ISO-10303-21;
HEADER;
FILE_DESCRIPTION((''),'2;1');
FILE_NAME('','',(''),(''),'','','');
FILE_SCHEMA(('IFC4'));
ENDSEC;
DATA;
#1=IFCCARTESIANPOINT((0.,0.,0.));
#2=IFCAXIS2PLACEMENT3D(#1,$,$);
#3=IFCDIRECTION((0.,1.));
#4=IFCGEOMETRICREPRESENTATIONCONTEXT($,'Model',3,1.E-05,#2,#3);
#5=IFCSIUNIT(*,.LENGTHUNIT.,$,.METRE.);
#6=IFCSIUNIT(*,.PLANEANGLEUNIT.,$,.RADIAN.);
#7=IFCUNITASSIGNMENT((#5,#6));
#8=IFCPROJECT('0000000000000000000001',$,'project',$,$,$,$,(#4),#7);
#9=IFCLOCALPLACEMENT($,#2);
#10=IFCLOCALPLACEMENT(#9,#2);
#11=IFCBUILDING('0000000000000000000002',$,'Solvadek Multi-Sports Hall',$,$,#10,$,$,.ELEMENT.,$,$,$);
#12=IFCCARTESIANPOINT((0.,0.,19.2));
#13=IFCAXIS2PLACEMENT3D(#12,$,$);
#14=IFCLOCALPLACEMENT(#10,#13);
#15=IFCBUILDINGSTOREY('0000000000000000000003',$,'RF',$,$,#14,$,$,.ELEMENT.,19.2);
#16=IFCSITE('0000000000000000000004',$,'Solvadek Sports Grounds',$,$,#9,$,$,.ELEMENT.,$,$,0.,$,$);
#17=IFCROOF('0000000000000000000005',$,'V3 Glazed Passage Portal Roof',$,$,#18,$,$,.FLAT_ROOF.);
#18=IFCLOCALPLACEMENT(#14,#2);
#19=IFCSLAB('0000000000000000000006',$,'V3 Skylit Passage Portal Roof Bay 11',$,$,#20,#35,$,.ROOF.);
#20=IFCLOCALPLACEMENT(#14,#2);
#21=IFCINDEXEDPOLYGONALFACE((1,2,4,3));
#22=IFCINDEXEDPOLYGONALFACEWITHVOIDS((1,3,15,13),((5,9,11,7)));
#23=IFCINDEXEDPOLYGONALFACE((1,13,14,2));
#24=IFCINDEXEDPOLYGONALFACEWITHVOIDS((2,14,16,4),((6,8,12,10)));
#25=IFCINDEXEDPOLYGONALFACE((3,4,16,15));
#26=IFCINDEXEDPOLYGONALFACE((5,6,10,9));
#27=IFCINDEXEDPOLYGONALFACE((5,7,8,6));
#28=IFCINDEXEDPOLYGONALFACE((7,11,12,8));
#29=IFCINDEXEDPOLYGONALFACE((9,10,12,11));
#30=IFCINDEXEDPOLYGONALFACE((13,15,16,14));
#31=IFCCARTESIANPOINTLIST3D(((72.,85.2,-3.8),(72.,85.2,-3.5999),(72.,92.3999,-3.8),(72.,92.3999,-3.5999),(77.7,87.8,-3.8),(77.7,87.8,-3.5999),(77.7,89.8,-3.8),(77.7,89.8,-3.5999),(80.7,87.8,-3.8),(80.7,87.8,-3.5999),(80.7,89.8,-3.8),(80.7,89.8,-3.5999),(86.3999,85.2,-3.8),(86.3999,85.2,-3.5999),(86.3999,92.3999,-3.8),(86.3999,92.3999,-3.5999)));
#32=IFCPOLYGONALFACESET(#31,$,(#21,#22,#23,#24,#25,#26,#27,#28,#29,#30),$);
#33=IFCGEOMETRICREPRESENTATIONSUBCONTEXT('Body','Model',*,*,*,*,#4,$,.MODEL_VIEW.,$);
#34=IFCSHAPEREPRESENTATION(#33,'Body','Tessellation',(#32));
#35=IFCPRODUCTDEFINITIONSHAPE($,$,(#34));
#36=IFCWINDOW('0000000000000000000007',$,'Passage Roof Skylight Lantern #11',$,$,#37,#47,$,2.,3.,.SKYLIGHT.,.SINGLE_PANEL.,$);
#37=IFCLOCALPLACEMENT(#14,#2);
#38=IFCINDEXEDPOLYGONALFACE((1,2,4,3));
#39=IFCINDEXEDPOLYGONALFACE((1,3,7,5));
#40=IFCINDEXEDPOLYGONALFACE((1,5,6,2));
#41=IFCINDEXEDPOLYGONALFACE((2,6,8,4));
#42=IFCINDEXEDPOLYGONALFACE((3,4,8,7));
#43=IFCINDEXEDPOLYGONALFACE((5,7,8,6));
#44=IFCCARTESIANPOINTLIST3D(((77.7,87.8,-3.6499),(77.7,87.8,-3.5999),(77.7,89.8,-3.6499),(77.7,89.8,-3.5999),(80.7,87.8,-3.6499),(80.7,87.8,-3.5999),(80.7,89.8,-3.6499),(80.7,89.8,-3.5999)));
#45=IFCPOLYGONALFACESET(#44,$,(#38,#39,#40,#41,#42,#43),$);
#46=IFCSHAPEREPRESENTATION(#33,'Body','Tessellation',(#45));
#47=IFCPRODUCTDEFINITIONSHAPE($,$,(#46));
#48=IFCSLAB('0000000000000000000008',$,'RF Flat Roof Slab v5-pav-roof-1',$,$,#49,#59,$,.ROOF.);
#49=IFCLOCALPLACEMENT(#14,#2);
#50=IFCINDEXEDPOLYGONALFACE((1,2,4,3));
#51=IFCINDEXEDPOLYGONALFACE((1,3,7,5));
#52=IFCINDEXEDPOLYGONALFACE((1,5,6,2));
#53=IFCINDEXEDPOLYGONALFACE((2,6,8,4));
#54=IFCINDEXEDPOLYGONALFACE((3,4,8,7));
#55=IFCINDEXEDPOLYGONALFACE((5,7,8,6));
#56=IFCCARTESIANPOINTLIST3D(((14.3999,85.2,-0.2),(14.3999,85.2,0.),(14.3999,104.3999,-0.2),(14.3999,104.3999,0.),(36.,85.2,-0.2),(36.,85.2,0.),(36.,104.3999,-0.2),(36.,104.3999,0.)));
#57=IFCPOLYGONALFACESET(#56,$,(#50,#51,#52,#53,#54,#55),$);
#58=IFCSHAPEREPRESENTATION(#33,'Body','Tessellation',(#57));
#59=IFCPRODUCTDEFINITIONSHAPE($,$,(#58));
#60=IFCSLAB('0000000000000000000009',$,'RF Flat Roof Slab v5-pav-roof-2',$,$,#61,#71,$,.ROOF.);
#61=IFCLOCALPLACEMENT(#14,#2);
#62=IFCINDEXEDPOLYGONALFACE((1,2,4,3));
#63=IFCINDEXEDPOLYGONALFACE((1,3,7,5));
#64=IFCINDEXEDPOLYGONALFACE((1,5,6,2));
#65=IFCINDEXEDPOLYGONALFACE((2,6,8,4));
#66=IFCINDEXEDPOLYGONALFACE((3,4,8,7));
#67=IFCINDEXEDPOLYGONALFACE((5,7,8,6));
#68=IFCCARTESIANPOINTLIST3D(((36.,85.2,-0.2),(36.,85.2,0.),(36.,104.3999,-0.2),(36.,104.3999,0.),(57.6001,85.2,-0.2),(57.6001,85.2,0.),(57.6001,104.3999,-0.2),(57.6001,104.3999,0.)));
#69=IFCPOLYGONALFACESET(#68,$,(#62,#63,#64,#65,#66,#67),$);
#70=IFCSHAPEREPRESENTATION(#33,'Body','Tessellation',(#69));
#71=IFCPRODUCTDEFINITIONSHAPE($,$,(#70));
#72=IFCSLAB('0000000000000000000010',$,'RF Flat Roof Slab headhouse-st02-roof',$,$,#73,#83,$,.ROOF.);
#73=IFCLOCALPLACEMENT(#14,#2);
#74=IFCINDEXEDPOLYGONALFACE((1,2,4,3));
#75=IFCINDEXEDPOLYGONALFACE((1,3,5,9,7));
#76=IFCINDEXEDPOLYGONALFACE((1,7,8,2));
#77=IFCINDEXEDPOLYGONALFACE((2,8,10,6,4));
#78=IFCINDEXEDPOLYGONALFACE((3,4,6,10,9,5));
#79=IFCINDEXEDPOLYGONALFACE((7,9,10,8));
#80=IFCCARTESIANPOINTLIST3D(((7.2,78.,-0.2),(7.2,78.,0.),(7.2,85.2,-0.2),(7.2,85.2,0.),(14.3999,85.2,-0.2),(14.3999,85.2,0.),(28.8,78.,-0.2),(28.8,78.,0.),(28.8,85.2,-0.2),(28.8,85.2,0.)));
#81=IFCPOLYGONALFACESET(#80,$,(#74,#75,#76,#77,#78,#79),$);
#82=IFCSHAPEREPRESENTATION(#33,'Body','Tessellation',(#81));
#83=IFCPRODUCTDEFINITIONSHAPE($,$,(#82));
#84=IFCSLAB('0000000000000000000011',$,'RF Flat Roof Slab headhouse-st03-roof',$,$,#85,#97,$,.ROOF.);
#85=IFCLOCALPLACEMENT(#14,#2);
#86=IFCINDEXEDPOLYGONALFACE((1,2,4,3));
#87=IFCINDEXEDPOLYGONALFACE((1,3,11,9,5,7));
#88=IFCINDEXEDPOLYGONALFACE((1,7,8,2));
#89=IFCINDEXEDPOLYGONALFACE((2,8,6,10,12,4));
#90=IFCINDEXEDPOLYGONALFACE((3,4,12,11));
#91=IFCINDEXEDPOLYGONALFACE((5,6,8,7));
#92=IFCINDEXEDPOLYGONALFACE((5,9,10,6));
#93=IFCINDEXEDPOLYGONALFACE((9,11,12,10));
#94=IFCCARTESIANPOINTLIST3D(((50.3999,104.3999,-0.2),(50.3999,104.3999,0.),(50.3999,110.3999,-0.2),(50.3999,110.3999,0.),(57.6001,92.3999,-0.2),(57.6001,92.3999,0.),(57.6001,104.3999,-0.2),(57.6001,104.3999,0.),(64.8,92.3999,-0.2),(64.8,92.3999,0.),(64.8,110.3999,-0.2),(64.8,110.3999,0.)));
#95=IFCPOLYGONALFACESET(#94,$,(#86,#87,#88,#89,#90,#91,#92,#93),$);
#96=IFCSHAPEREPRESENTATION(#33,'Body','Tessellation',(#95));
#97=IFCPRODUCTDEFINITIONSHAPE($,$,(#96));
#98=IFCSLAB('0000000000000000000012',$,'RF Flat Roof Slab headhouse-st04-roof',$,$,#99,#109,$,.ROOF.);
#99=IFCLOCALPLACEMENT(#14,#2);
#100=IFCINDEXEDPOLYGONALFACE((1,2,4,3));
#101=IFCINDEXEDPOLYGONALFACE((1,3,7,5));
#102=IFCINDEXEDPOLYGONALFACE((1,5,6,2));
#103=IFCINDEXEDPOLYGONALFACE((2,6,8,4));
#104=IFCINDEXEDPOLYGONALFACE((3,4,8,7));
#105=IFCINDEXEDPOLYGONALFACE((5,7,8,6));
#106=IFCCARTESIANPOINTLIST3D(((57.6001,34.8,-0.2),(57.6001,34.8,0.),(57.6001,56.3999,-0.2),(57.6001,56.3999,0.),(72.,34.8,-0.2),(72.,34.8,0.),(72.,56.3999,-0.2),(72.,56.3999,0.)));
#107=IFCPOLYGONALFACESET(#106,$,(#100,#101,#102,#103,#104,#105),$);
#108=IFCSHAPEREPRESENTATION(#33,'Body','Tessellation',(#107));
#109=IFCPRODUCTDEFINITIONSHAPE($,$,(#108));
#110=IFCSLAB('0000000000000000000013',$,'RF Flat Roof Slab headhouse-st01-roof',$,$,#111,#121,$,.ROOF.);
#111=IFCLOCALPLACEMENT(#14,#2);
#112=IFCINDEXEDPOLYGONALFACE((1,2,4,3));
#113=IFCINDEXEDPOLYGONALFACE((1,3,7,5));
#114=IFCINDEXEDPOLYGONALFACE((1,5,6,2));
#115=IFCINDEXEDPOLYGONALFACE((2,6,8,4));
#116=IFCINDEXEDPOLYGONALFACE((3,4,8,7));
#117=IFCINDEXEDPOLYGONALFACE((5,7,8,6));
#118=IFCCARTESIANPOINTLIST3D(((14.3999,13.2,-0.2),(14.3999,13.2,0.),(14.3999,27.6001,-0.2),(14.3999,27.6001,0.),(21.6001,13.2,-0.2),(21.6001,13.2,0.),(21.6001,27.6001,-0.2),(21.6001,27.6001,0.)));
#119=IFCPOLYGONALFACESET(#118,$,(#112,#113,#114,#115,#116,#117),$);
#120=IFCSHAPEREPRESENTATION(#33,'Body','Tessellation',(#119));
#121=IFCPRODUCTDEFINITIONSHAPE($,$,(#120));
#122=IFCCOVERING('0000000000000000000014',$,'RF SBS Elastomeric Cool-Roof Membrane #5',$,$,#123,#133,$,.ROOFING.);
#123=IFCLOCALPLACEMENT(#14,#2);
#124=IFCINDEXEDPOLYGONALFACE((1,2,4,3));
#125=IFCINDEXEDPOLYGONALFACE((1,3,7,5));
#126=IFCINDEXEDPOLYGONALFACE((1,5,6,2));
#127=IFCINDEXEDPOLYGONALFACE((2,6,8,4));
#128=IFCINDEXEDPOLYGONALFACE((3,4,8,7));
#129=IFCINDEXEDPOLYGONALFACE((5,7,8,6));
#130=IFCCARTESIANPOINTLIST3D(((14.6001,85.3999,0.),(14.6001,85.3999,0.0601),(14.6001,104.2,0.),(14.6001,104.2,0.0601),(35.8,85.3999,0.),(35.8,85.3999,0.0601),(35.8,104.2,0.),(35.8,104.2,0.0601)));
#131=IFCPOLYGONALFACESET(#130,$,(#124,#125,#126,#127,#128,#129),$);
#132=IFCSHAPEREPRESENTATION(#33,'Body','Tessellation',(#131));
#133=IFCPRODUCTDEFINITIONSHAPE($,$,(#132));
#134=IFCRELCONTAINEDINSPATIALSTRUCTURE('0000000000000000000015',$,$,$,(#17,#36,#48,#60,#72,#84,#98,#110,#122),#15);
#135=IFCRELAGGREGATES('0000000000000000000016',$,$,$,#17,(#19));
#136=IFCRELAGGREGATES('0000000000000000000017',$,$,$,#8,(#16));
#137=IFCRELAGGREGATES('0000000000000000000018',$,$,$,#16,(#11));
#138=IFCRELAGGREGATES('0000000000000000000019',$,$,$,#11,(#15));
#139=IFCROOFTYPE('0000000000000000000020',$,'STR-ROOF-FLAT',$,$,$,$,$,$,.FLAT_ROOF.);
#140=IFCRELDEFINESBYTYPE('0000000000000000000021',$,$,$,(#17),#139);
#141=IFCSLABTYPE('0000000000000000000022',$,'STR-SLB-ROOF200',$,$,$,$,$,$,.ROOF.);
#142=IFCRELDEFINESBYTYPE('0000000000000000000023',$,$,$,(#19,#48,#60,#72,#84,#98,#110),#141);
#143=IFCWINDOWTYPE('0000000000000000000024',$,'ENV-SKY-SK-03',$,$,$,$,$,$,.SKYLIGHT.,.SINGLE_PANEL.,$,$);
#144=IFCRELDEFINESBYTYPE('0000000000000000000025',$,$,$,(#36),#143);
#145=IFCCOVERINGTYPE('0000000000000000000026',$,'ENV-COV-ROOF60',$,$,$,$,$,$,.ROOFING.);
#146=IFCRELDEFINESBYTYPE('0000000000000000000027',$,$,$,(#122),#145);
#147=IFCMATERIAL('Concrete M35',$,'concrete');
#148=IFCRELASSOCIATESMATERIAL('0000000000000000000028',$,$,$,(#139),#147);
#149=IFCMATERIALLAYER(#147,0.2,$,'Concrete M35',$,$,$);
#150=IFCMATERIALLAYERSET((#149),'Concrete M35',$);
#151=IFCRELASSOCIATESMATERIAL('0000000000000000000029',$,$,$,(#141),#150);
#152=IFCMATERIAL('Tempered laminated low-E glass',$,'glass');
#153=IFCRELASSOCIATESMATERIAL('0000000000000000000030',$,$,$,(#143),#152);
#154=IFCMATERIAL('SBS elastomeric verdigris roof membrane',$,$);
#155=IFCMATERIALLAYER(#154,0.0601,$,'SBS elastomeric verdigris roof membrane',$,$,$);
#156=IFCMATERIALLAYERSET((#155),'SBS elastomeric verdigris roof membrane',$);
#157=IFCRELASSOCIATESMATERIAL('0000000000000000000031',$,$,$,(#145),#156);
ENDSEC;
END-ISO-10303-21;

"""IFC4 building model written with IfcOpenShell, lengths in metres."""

from ifc_helpers import new_model, si_unit, direction, frame, origin, origin_2d, place, context, subcontext, project, spatial, polyline, rectangle, outline, extrude, material, layer, layer_set, type_object, element, fill, aggregate, save


model = new_model("IFC4")

# Units and contexts
model_context = context("Model", 3, precision=1e-05, world=origin(), true_north=direction((0.0, 1.0)))
body_context = subcontext(model_context, "Body", "Model", "MODEL_VIEW")
ifc_project = project(units=[si_unit("LENGTHUNIT", "METRE"), si_unit("PLANEANGLEUNIT", "RADIAN")], contexts=[model_context])

# Site, building, storey
site_placement = place(None, origin())
site = spatial("IfcSite", under=ifc_project, at=site_placement, Name="Solvadek Sports Grounds", CompositionType="ELEMENT", RefElevation=0.0)
building_placement = place(site_placement, origin())
building = spatial("IfcBuilding", under=site, at=building_placement, Name="Solvadek Multi-Sports Hall", CompositionType="ELEMENT")
storey_placement = place(building_placement, frame((0.0, 0.0, 19.2)))
storey = spatial("IfcBuildingStorey", under=building, at=storey_placement, Name="RF", CompositionType="ELEMENT", Elevation=19.2)

# Roof, slab, opening, window
ifc_material_1 = material(Name="Concrete M35", Category="concrete")
roof_type = type_object("IfcRoofType", Name="STR-ROOF-FLAT", PredefinedType="FLAT_ROOF", material=ifc_material_1)
roof_placement = place(storey_placement, origin())
roof = element("IfcRoof", 1, at=roof_placement, inside=storey, type_object=roof_type, Name="V3 Glazed Passage Portal Roof", PredefinedType="FLAT_ROOF")
ifc_layer_1 = layer(ifc_material_1, 0.2, Name="Concrete M35")
ifc_layer_set_1 = layer_set([ifc_layer_1], Name="Concrete M35")
slab_type = type_object("IfcSlabType", Name="STR-SLB-ROOF200", PredefinedType="ROOF", material=ifc_layer_set_1)
ifc_material_2 = material(Name="Tempered laminated low-E glass", Category="glass")
window_type_1 = type_object("IfcWindowType", Name="ENV-SKY-SK-03", PartitioningType="SINGLE_PANEL", PredefinedType="SKYLIGHT", material=ifc_material_2)
slab_1_placement = place(storey_placement, frame((0.0, 0.0, -3.8)))
slab_1 = element("IfcSlab", 2, at=slab_1_placement, type_object=slab_type, Name="V3 Skylit Passage Portal Roof Bay 11", PredefinedType="ROOF", context=body_context, shape_type="SweptSolid", body=[
    extrude(outline(polyline([(72.0, 85.2), (86.3999, 85.2), (86.3999, 92.3999), (72.0, 92.3999), (72.0, 85.2)])), origin(), (0.0, 0.0, 1.0), 0.2002),
])
opening_1_placement = place(slab_1_placement, frame((79.2, 88.8, 0.0)))
opening_1 = element("IfcOpeningElement", 3, at=opening_1_placement, cuts=slab_1, PredefinedType="OPENING", context=body_context, shape_type="SweptSolid", body=[
    extrude(rectangle(XDim=3.0, YDim=2.0, at=origin_2d()), frame((0.0, 0.0, -0.02)), (0.0, 0.0, 1.0), 0.2402),
])
window_1_placement = place(opening_1_placement, frame((0.0, 0.0, 0.1501)))
window_1 = element("IfcWindow", 4, at=window_1_placement, inside=storey, type_object=window_type_1, Name="Passage Roof Skylight Lantern #11", OverallHeight=2.0, OverallWidth=3.0, PartitioningType="SINGLE_PANEL", PredefinedType="SKYLIGHT", context=body_context, shape_type="SweptSolid", body=[
    extrude(rectangle(XDim=3.0, YDim=2.0, at=origin_2d()), origin(), (0.0, 0.0, 1.0), 0.05),
])
fill(opening_1, window_1)
aggregate(roof, [slab_1])

# Slabs
slab_2_placement = place(storey_placement, frame((0.0, 0.0, -0.2)))
element("IfcSlab", 5, at=slab_2_placement, inside=storey, type_object=slab_type, Name="RF Flat Roof Slab v5-pav-roof-1", PredefinedType="ROOF", context=body_context, shape_type="SweptSolid", body=[
    extrude(outline(polyline([(14.3999, 85.2), (36.0, 85.2), (36.0, 104.3999), (14.3999, 104.3999), (14.3999, 85.2)])), origin(), (0.0, 0.0, 1.0), 0.2),
])
slab_3_placement = place(storey_placement, frame((0.0, 0.0, -0.2)))
element("IfcSlab", 6, at=slab_3_placement, inside=storey, type_object=slab_type, Name="RF Flat Roof Slab v5-pav-roof-2", PredefinedType="ROOF", context=body_context, shape_type="SweptSolid", body=[
    extrude(outline(polyline([(57.6001, 104.3999), (57.6001, 85.2), (36.0, 85.2), (36.0, 104.3999), (57.6001, 104.3999)])), origin(), (0.0, 0.0, 1.0), 0.2),
])
slab_4_placement = place(storey_placement, frame((0.0, 0.0, -0.2)))
element("IfcSlab", 7, at=slab_4_placement, inside=storey, type_object=slab_type, Name="RF Flat Roof Slab headhouse-st02-roof", PredefinedType="ROOF", context=body_context, shape_type="SweptSolid", body=[
    extrude(outline(polyline([(28.8, 78.0), (7.2, 78.0), (7.2, 85.2), (14.3999, 85.2), (28.8, 85.2), (28.8, 78.0)])), origin(), (0.0, 0.0, 1.0), 0.2),
])
slab_5_placement = place(storey_placement, frame((0.0, 0.0, -0.2)))
element("IfcSlab", 8, at=slab_5_placement, inside=storey, type_object=slab_type, Name="RF Flat Roof Slab headhouse-st03-roof", PredefinedType="ROOF", context=body_context, shape_type="SweptSolid", body=[
    extrude(outline(polyline([(50.3999, 110.3999), (64.8, 110.3999), (64.8, 92.3999), (57.6001, 92.3999), (57.6001, 104.3999), (50.3999, 104.3999), (50.3999, 110.3999)])), origin(), (0.0, 0.0, 1.0), 0.2),
])
slab_6_placement = place(storey_placement, frame((0.0, 0.0, -0.2)))
element("IfcSlab", 9, at=slab_6_placement, inside=storey, type_object=slab_type, Name="RF Flat Roof Slab headhouse-st04-roof", PredefinedType="ROOF", context=body_context, shape_type="SweptSolid", body=[
    extrude(outline(polyline([(57.6001, 56.3999), (72.0, 56.3999), (72.0, 34.8), (57.6001, 34.8), (57.6001, 56.3999)])), origin(), (0.0, 0.0, 1.0), 0.2),
])
slab_7_placement = place(storey_placement, frame((0.0, 0.0, -0.2)))
element("IfcSlab", 10, at=slab_7_placement, inside=storey, type_object=slab_type, Name="RF Flat Roof Slab headhouse-st01-roof", PredefinedType="ROOF", context=body_context, shape_type="SweptSolid", body=[
    extrude(outline(polyline([(14.3999, 27.6001), (21.6001, 27.6001), (21.6001, 13.2), (14.3999, 13.2), (14.3999, 27.6001)])), origin(), (0.0, 0.0, 1.0), 0.2),
])

# Covering
ifc_material_3 = material(Name="SBS elastomeric verdigris roof membrane")
ifc_layer_2 = layer(ifc_material_3, 0.0601, Name="SBS elastomeric verdigris roof membrane")
ifc_layer_set_2 = layer_set([ifc_layer_2], Name="SBS elastomeric verdigris roof membrane")
covering_type = type_object("IfcCoveringType", Name="ENV-COV-ROOF60", PredefinedType="ROOFING", material=ifc_layer_set_2)
covering_placement = place(storey_placement, origin())
element("IfcCovering", 11, at=covering_placement, inside=storey, type_object=covering_type, Name="RF SBS Elastomeric Cool-Roof Membrane #5", PredefinedType="ROOFING", context=body_context, shape_type="SweptSolid", body=[
    extrude(outline(polyline([(14.6001, 85.3999), (35.8, 85.3999), (35.8, 104.2), (14.6001, 104.2), (14.6001, 85.3999)])), origin(), (0.0, 0.0, 1.0), 0.0601),
])

save(model, "model.ifc")
